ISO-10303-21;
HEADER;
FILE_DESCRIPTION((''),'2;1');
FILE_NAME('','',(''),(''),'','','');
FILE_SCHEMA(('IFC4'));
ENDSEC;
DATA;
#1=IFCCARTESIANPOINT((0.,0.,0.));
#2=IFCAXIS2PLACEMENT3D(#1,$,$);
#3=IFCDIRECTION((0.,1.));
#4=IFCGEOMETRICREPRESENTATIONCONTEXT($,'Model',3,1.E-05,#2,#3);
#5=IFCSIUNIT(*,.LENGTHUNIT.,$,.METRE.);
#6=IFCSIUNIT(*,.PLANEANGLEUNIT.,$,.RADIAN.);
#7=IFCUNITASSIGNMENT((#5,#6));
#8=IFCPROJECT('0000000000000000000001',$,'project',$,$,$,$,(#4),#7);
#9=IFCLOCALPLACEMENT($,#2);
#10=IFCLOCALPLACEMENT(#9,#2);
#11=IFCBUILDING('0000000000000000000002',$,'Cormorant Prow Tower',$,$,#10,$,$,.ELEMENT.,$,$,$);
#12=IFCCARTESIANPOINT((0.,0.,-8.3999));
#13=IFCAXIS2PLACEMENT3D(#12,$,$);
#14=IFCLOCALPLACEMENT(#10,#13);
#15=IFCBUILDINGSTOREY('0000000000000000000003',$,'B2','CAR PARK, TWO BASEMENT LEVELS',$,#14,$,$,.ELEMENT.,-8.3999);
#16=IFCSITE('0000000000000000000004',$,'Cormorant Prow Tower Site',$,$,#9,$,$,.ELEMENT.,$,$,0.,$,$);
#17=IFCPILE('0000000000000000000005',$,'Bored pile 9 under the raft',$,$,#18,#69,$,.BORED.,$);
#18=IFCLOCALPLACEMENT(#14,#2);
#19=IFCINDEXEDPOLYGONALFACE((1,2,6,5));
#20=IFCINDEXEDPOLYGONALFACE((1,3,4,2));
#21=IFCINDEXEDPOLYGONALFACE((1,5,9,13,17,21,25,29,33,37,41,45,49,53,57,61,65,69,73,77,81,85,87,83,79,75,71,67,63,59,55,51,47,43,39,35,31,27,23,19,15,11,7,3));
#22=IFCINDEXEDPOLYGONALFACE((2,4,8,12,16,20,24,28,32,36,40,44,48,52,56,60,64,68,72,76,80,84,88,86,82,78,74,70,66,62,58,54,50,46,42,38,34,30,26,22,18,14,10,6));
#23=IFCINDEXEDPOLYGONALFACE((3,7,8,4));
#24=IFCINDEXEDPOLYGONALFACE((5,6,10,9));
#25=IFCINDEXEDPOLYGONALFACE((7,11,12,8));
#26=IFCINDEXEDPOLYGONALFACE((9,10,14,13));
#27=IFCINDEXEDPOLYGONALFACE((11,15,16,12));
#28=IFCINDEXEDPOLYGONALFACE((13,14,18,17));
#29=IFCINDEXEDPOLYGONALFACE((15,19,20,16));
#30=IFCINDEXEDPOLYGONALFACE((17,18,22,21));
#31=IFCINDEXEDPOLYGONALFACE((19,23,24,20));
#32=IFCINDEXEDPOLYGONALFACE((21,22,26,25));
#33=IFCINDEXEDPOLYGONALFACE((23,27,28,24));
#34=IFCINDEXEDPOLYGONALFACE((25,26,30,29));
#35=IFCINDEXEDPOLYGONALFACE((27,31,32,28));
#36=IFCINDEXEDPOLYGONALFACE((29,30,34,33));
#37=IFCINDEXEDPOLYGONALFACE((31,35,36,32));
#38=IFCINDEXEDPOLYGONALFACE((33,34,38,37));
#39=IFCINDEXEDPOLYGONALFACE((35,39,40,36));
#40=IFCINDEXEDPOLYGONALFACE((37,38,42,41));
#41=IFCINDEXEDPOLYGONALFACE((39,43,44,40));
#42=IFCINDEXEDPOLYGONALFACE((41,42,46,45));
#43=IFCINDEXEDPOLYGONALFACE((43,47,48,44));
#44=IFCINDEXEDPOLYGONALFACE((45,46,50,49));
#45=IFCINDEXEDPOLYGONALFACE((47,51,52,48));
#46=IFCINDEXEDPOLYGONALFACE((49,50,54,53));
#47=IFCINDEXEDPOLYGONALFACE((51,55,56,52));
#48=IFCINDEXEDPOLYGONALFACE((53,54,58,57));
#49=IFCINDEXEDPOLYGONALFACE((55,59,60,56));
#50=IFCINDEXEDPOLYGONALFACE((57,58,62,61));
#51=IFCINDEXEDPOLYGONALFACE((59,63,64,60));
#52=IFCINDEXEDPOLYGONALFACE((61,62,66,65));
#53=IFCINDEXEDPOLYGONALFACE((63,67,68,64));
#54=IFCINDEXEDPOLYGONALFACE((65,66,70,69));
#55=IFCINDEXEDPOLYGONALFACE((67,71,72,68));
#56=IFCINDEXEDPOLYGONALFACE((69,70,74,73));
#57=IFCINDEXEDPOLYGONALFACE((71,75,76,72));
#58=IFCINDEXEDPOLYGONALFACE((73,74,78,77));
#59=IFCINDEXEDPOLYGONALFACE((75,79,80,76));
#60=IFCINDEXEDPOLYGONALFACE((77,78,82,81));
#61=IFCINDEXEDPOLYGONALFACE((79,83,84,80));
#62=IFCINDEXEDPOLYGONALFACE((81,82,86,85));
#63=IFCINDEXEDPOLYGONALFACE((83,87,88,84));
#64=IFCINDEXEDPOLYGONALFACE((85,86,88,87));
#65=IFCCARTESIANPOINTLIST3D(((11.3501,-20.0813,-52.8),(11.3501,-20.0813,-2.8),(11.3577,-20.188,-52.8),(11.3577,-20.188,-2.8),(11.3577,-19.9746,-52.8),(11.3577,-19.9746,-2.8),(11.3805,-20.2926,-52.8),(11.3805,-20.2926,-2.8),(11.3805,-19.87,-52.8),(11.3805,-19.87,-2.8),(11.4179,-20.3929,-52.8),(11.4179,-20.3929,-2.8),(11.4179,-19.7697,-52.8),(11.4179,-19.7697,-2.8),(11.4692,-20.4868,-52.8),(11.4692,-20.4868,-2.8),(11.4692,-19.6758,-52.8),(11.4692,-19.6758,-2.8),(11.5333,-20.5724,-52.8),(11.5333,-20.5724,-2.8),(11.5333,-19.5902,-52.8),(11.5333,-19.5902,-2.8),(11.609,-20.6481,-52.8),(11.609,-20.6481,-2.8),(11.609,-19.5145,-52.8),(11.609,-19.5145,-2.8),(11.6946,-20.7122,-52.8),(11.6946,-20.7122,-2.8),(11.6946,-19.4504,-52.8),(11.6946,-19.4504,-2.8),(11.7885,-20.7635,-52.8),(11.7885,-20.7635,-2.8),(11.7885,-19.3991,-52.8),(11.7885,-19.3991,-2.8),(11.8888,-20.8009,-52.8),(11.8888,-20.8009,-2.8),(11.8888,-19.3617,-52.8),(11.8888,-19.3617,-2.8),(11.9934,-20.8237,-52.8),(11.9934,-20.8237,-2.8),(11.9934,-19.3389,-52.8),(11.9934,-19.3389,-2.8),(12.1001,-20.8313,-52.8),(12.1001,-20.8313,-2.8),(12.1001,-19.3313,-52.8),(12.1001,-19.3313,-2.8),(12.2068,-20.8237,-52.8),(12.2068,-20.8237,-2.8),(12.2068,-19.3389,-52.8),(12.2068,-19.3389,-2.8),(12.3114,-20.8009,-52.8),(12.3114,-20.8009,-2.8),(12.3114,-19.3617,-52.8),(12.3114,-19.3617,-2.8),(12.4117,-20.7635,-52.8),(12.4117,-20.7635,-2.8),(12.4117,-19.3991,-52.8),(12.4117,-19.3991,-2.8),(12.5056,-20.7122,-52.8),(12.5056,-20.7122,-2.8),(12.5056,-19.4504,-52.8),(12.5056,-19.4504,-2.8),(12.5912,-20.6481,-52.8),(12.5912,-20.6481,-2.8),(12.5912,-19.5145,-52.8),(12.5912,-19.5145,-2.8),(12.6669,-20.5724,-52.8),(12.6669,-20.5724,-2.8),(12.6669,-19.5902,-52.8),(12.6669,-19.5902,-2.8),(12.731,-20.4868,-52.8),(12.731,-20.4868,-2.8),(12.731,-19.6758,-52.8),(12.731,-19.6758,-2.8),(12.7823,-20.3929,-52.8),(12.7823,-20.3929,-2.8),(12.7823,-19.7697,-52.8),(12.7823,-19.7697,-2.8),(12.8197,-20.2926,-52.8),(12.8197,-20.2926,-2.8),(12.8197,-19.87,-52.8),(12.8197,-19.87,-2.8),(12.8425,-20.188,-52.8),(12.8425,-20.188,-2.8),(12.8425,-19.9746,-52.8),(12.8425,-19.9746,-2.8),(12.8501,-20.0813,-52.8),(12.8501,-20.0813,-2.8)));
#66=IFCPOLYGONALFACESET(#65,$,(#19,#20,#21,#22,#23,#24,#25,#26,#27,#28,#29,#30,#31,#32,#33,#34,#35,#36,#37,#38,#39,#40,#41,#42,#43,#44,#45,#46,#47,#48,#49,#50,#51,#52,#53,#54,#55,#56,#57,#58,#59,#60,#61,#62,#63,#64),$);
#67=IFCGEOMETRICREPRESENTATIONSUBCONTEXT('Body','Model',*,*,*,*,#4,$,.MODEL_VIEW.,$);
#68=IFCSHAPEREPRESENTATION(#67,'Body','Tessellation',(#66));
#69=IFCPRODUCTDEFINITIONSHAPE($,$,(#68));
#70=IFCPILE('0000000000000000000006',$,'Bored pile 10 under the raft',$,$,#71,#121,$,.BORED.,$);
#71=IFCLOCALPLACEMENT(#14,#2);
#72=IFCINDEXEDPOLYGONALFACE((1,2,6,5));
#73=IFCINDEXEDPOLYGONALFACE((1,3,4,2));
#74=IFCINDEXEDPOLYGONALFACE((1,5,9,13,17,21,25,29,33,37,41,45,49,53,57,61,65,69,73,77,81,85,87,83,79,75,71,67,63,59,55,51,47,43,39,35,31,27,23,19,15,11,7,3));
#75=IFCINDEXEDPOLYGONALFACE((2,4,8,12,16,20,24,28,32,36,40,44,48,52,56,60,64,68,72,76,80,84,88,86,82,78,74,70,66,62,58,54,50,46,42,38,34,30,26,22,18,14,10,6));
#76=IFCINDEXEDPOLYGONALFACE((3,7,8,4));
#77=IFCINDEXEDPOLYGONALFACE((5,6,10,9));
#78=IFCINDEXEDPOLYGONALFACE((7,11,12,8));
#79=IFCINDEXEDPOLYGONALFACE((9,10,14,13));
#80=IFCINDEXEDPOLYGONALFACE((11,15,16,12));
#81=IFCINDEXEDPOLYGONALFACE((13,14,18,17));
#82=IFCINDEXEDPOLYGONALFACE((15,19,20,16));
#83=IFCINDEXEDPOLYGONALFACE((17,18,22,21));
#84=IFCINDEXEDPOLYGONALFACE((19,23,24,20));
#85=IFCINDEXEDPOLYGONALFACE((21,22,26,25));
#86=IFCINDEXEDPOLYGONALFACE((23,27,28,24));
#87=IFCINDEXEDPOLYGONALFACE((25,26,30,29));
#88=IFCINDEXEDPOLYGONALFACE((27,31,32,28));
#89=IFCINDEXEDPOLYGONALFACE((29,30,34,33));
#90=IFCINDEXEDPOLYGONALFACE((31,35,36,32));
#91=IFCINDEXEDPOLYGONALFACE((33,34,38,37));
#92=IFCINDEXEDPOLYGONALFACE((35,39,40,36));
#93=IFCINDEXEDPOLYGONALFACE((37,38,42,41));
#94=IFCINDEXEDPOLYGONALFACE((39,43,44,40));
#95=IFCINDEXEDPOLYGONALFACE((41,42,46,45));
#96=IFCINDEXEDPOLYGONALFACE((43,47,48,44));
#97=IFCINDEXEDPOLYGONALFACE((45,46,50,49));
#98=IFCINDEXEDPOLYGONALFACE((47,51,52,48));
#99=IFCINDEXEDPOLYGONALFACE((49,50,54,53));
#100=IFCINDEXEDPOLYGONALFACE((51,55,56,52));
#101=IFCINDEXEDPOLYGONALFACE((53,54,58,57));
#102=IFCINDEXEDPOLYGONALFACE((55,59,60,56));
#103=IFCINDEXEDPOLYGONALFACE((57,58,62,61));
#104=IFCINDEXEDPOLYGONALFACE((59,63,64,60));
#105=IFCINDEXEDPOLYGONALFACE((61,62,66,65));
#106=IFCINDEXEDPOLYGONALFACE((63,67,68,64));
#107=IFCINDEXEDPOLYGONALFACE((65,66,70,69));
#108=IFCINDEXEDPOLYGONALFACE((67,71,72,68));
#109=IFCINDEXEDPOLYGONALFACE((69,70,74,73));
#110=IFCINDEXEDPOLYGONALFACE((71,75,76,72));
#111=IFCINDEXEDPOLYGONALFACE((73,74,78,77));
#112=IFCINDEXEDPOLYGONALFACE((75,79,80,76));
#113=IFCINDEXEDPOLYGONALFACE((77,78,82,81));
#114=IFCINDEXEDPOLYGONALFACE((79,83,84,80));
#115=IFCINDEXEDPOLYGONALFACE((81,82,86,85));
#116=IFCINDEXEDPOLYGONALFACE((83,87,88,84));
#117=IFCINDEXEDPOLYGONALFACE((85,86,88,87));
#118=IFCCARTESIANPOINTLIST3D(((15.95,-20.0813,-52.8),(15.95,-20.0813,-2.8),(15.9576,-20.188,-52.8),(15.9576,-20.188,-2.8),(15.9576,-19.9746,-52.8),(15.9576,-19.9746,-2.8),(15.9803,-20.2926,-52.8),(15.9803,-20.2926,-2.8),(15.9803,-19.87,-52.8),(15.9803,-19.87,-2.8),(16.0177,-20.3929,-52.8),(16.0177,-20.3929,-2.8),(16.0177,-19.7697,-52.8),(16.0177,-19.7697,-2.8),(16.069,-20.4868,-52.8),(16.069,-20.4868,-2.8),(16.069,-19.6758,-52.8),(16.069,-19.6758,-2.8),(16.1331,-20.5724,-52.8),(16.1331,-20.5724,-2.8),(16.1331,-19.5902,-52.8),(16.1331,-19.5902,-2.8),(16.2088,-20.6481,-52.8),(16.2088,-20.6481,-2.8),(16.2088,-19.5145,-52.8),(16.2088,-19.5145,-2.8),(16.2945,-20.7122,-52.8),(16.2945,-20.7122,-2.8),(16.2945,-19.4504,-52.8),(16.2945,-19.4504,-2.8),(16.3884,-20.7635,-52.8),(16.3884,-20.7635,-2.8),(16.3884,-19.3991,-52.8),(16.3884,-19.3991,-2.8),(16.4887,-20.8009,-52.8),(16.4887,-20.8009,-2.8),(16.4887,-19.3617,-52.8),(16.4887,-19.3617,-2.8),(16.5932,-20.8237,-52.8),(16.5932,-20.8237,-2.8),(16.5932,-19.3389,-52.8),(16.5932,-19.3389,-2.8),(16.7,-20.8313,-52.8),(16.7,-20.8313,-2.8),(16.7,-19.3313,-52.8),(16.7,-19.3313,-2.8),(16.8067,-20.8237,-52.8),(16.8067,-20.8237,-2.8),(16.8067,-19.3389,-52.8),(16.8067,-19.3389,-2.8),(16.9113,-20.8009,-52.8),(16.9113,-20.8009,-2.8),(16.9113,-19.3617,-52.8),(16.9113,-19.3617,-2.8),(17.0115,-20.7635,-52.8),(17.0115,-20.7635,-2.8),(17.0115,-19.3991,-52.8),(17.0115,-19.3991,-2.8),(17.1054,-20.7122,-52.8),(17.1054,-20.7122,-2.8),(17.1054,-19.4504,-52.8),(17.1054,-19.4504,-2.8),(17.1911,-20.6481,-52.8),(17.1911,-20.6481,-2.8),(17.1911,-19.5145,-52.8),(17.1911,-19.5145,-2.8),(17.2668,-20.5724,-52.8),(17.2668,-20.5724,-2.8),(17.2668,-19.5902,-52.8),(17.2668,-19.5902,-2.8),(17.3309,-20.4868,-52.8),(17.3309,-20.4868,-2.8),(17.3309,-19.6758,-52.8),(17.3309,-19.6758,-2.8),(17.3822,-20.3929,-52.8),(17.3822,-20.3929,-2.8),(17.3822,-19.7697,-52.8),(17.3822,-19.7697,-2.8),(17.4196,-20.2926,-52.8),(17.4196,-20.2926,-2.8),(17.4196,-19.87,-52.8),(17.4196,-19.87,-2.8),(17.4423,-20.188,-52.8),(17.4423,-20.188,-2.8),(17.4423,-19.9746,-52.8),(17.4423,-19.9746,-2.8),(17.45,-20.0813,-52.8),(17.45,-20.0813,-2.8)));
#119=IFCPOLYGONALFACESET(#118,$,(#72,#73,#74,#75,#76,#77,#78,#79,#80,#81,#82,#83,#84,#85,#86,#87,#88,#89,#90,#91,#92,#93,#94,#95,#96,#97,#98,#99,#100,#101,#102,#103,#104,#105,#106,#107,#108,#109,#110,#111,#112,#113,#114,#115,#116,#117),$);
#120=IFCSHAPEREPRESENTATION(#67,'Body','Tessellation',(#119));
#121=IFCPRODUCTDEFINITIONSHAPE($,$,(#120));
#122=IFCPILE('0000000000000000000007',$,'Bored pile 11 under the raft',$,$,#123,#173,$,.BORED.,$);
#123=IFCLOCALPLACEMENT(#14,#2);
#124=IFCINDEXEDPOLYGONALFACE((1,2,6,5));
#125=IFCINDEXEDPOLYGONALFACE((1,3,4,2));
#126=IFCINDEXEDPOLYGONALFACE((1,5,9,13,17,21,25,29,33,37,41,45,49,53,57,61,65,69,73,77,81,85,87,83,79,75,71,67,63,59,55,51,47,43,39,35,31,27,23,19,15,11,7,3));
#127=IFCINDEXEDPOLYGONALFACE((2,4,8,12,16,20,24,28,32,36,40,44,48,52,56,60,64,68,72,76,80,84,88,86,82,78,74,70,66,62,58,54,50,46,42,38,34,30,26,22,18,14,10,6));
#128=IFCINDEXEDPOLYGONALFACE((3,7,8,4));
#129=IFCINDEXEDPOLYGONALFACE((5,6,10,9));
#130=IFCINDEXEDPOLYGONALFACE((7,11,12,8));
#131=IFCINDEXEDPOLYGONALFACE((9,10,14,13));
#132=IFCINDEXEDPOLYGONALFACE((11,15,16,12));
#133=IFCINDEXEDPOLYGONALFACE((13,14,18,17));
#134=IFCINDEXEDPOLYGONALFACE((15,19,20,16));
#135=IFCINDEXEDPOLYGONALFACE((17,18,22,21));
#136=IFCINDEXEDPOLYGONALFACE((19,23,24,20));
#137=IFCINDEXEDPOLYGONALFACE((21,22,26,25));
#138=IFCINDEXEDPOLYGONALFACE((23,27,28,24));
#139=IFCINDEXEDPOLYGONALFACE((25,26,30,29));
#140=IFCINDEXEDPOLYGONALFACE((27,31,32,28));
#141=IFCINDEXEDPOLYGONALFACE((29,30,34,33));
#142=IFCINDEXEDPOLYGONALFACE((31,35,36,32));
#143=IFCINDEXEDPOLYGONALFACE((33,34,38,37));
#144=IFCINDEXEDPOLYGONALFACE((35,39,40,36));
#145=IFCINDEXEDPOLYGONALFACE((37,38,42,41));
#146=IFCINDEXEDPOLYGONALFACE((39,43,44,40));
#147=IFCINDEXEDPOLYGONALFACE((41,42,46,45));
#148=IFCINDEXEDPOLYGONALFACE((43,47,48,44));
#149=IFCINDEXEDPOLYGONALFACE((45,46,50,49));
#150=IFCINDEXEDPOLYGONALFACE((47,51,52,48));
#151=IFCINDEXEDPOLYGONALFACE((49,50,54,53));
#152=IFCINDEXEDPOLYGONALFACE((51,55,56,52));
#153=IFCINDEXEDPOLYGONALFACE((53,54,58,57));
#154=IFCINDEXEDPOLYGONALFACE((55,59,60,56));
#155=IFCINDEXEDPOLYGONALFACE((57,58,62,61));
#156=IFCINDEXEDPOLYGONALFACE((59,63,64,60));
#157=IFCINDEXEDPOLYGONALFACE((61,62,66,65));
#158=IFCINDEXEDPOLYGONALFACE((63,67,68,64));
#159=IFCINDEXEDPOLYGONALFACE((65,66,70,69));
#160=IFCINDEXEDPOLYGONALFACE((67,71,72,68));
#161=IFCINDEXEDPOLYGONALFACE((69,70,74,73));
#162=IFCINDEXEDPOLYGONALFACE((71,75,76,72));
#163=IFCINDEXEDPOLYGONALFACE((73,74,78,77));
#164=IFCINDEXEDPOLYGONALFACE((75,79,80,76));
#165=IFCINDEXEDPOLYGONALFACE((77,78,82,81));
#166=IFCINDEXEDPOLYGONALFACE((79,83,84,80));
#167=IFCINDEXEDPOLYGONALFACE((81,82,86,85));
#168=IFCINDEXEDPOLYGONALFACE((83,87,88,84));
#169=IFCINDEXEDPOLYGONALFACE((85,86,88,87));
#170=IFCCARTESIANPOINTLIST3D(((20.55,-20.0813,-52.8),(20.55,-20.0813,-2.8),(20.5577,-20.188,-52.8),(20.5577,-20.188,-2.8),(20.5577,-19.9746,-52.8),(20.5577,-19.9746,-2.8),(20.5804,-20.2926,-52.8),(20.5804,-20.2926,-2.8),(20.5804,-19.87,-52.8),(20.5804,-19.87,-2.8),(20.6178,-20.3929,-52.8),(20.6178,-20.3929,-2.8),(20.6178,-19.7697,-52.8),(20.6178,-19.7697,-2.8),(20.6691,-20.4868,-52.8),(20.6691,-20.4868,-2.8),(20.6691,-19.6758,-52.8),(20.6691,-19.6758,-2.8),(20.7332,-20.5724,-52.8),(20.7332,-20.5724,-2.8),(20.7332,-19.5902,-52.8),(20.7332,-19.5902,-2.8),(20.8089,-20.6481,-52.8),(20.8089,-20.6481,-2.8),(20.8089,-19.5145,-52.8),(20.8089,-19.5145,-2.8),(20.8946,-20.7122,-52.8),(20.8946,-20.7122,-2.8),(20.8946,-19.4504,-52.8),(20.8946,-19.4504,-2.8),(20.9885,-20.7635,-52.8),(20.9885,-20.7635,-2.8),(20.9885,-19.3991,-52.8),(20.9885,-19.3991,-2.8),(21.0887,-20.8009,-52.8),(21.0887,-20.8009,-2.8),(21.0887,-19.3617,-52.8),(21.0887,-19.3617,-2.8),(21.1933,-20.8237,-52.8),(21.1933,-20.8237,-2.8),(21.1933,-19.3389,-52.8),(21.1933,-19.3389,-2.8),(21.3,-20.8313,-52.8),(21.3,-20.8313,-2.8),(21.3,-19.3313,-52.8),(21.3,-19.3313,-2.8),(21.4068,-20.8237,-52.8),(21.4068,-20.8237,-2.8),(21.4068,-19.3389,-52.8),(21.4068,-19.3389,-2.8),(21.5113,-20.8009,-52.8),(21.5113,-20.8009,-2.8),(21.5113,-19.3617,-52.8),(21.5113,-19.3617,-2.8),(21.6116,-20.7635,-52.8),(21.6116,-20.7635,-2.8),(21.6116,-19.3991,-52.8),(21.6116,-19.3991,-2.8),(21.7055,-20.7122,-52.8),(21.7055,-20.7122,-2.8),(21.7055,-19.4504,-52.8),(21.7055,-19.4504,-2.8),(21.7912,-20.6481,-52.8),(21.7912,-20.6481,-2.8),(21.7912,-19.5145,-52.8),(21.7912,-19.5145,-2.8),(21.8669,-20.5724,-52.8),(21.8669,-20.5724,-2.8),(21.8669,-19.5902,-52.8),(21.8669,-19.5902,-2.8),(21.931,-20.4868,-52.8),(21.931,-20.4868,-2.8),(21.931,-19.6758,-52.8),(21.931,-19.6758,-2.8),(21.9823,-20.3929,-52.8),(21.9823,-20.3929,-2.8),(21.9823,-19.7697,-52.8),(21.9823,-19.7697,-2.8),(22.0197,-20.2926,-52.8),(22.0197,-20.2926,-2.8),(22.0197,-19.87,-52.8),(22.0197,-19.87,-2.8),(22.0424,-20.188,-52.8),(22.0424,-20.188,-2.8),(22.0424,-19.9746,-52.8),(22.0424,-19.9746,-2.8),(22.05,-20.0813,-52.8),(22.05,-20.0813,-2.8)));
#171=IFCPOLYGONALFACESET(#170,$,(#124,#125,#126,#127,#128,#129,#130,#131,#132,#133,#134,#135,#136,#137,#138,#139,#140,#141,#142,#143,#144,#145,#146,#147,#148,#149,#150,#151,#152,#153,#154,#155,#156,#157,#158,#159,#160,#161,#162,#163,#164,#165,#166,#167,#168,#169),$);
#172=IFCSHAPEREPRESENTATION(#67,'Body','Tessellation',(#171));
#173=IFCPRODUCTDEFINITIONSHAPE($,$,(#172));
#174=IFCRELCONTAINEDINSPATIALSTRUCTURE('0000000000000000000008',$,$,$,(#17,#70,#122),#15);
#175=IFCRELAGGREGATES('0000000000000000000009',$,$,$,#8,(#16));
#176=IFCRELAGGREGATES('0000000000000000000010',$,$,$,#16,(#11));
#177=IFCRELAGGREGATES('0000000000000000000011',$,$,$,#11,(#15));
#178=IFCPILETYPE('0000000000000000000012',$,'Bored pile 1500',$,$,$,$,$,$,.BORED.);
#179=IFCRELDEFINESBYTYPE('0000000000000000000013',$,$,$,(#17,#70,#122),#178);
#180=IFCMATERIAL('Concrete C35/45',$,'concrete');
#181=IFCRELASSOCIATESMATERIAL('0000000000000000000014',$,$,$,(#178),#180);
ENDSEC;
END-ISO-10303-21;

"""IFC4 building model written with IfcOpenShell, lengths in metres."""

from ifc_helpers import new_model, si_unit, direction, frame, origin, origin_2d, place, context, subcontext, project, spatial, circle, extrude, material, material_profile, profile_set, type_object, element, save


model = new_model("IFC4")

# Units and contexts
model_context = context("Model", 3, precision=1e-05, world=origin(), true_north=direction((0.0, 1.0)))
body_context = subcontext(model_context, "Body", "Model", "MODEL_VIEW")
ifc_project = project(units=[si_unit("LENGTHUNIT", "METRE"), si_unit("PLANEANGLEUNIT", "RADIAN")], contexts=[model_context])

# Site, building, storey
site_placement = place(None, origin())
site = spatial("IfcSite", under=ifc_project, at=site_placement, Name="Cormorant Prow Tower Site", CompositionType="ELEMENT", RefElevation=0.0)
building_placement = place(site_placement, origin())
building = spatial("IfcBuilding", under=site, at=building_placement, Name="Cormorant Prow Tower", CompositionType="ELEMENT")
storey_placement = place(building_placement, frame((0.0, 0.0, -8.3999)))
storey = spatial("IfcBuildingStorey", under=building, at=storey_placement, Name="B2", Description="CAR PARK, TWO BASEMENT LEVELS", CompositionType="ELEMENT", Elevation=-8.3999)

# Piles
ifc_material_1 = material(Name="Concrete C35/45", Category="concrete")
ifc_material_profile_1 = material_profile(ifc_material_1, circle(Radius=0.75, at=origin_2d()), Name="Round 1500")
ifc_profile_set_1 = profile_set([ifc_material_profile_1], Name="Concrete C35/45")
pile_type_1 = type_object("IfcPileType", Name="Bored pile 1500", PredefinedType="BORED", material=ifc_profile_set_1)
for number, where, z_axis, x_axis, name in (
    (1, (12.1001, -20.0813, -2.8), (0.0, 0.0, -1.0), (1.0, 0.0, 0.0), "Bored pile 9 under the raft"),
    (2, (16.7, -20.0813, -2.8), (0.0, 0.0, -1.0), (1.0, 0.0, 0.0), "Bored pile 10 under the raft"),
    (3, (21.3, -20.0813, -2.8), (0.0, 0.0, -1.0), (1.0, 0.0, 0.0), "Bored pile 11 under the raft"),
):
    element("IfcPile", number, at=place(storey_placement, frame(where, z_axis=z_axis, x_axis=x_axis)), inside=storey, type_object=pile_type_1, Name=name, PredefinedType="BORED", context=body_context, shape_type="SweptSolid", body=[
        extrude(circle(Radius=0.75, at=origin_2d()), origin(), (0.0, 0.0, 1.0), 50.0),
    ])

save(model, "model.ifc")
